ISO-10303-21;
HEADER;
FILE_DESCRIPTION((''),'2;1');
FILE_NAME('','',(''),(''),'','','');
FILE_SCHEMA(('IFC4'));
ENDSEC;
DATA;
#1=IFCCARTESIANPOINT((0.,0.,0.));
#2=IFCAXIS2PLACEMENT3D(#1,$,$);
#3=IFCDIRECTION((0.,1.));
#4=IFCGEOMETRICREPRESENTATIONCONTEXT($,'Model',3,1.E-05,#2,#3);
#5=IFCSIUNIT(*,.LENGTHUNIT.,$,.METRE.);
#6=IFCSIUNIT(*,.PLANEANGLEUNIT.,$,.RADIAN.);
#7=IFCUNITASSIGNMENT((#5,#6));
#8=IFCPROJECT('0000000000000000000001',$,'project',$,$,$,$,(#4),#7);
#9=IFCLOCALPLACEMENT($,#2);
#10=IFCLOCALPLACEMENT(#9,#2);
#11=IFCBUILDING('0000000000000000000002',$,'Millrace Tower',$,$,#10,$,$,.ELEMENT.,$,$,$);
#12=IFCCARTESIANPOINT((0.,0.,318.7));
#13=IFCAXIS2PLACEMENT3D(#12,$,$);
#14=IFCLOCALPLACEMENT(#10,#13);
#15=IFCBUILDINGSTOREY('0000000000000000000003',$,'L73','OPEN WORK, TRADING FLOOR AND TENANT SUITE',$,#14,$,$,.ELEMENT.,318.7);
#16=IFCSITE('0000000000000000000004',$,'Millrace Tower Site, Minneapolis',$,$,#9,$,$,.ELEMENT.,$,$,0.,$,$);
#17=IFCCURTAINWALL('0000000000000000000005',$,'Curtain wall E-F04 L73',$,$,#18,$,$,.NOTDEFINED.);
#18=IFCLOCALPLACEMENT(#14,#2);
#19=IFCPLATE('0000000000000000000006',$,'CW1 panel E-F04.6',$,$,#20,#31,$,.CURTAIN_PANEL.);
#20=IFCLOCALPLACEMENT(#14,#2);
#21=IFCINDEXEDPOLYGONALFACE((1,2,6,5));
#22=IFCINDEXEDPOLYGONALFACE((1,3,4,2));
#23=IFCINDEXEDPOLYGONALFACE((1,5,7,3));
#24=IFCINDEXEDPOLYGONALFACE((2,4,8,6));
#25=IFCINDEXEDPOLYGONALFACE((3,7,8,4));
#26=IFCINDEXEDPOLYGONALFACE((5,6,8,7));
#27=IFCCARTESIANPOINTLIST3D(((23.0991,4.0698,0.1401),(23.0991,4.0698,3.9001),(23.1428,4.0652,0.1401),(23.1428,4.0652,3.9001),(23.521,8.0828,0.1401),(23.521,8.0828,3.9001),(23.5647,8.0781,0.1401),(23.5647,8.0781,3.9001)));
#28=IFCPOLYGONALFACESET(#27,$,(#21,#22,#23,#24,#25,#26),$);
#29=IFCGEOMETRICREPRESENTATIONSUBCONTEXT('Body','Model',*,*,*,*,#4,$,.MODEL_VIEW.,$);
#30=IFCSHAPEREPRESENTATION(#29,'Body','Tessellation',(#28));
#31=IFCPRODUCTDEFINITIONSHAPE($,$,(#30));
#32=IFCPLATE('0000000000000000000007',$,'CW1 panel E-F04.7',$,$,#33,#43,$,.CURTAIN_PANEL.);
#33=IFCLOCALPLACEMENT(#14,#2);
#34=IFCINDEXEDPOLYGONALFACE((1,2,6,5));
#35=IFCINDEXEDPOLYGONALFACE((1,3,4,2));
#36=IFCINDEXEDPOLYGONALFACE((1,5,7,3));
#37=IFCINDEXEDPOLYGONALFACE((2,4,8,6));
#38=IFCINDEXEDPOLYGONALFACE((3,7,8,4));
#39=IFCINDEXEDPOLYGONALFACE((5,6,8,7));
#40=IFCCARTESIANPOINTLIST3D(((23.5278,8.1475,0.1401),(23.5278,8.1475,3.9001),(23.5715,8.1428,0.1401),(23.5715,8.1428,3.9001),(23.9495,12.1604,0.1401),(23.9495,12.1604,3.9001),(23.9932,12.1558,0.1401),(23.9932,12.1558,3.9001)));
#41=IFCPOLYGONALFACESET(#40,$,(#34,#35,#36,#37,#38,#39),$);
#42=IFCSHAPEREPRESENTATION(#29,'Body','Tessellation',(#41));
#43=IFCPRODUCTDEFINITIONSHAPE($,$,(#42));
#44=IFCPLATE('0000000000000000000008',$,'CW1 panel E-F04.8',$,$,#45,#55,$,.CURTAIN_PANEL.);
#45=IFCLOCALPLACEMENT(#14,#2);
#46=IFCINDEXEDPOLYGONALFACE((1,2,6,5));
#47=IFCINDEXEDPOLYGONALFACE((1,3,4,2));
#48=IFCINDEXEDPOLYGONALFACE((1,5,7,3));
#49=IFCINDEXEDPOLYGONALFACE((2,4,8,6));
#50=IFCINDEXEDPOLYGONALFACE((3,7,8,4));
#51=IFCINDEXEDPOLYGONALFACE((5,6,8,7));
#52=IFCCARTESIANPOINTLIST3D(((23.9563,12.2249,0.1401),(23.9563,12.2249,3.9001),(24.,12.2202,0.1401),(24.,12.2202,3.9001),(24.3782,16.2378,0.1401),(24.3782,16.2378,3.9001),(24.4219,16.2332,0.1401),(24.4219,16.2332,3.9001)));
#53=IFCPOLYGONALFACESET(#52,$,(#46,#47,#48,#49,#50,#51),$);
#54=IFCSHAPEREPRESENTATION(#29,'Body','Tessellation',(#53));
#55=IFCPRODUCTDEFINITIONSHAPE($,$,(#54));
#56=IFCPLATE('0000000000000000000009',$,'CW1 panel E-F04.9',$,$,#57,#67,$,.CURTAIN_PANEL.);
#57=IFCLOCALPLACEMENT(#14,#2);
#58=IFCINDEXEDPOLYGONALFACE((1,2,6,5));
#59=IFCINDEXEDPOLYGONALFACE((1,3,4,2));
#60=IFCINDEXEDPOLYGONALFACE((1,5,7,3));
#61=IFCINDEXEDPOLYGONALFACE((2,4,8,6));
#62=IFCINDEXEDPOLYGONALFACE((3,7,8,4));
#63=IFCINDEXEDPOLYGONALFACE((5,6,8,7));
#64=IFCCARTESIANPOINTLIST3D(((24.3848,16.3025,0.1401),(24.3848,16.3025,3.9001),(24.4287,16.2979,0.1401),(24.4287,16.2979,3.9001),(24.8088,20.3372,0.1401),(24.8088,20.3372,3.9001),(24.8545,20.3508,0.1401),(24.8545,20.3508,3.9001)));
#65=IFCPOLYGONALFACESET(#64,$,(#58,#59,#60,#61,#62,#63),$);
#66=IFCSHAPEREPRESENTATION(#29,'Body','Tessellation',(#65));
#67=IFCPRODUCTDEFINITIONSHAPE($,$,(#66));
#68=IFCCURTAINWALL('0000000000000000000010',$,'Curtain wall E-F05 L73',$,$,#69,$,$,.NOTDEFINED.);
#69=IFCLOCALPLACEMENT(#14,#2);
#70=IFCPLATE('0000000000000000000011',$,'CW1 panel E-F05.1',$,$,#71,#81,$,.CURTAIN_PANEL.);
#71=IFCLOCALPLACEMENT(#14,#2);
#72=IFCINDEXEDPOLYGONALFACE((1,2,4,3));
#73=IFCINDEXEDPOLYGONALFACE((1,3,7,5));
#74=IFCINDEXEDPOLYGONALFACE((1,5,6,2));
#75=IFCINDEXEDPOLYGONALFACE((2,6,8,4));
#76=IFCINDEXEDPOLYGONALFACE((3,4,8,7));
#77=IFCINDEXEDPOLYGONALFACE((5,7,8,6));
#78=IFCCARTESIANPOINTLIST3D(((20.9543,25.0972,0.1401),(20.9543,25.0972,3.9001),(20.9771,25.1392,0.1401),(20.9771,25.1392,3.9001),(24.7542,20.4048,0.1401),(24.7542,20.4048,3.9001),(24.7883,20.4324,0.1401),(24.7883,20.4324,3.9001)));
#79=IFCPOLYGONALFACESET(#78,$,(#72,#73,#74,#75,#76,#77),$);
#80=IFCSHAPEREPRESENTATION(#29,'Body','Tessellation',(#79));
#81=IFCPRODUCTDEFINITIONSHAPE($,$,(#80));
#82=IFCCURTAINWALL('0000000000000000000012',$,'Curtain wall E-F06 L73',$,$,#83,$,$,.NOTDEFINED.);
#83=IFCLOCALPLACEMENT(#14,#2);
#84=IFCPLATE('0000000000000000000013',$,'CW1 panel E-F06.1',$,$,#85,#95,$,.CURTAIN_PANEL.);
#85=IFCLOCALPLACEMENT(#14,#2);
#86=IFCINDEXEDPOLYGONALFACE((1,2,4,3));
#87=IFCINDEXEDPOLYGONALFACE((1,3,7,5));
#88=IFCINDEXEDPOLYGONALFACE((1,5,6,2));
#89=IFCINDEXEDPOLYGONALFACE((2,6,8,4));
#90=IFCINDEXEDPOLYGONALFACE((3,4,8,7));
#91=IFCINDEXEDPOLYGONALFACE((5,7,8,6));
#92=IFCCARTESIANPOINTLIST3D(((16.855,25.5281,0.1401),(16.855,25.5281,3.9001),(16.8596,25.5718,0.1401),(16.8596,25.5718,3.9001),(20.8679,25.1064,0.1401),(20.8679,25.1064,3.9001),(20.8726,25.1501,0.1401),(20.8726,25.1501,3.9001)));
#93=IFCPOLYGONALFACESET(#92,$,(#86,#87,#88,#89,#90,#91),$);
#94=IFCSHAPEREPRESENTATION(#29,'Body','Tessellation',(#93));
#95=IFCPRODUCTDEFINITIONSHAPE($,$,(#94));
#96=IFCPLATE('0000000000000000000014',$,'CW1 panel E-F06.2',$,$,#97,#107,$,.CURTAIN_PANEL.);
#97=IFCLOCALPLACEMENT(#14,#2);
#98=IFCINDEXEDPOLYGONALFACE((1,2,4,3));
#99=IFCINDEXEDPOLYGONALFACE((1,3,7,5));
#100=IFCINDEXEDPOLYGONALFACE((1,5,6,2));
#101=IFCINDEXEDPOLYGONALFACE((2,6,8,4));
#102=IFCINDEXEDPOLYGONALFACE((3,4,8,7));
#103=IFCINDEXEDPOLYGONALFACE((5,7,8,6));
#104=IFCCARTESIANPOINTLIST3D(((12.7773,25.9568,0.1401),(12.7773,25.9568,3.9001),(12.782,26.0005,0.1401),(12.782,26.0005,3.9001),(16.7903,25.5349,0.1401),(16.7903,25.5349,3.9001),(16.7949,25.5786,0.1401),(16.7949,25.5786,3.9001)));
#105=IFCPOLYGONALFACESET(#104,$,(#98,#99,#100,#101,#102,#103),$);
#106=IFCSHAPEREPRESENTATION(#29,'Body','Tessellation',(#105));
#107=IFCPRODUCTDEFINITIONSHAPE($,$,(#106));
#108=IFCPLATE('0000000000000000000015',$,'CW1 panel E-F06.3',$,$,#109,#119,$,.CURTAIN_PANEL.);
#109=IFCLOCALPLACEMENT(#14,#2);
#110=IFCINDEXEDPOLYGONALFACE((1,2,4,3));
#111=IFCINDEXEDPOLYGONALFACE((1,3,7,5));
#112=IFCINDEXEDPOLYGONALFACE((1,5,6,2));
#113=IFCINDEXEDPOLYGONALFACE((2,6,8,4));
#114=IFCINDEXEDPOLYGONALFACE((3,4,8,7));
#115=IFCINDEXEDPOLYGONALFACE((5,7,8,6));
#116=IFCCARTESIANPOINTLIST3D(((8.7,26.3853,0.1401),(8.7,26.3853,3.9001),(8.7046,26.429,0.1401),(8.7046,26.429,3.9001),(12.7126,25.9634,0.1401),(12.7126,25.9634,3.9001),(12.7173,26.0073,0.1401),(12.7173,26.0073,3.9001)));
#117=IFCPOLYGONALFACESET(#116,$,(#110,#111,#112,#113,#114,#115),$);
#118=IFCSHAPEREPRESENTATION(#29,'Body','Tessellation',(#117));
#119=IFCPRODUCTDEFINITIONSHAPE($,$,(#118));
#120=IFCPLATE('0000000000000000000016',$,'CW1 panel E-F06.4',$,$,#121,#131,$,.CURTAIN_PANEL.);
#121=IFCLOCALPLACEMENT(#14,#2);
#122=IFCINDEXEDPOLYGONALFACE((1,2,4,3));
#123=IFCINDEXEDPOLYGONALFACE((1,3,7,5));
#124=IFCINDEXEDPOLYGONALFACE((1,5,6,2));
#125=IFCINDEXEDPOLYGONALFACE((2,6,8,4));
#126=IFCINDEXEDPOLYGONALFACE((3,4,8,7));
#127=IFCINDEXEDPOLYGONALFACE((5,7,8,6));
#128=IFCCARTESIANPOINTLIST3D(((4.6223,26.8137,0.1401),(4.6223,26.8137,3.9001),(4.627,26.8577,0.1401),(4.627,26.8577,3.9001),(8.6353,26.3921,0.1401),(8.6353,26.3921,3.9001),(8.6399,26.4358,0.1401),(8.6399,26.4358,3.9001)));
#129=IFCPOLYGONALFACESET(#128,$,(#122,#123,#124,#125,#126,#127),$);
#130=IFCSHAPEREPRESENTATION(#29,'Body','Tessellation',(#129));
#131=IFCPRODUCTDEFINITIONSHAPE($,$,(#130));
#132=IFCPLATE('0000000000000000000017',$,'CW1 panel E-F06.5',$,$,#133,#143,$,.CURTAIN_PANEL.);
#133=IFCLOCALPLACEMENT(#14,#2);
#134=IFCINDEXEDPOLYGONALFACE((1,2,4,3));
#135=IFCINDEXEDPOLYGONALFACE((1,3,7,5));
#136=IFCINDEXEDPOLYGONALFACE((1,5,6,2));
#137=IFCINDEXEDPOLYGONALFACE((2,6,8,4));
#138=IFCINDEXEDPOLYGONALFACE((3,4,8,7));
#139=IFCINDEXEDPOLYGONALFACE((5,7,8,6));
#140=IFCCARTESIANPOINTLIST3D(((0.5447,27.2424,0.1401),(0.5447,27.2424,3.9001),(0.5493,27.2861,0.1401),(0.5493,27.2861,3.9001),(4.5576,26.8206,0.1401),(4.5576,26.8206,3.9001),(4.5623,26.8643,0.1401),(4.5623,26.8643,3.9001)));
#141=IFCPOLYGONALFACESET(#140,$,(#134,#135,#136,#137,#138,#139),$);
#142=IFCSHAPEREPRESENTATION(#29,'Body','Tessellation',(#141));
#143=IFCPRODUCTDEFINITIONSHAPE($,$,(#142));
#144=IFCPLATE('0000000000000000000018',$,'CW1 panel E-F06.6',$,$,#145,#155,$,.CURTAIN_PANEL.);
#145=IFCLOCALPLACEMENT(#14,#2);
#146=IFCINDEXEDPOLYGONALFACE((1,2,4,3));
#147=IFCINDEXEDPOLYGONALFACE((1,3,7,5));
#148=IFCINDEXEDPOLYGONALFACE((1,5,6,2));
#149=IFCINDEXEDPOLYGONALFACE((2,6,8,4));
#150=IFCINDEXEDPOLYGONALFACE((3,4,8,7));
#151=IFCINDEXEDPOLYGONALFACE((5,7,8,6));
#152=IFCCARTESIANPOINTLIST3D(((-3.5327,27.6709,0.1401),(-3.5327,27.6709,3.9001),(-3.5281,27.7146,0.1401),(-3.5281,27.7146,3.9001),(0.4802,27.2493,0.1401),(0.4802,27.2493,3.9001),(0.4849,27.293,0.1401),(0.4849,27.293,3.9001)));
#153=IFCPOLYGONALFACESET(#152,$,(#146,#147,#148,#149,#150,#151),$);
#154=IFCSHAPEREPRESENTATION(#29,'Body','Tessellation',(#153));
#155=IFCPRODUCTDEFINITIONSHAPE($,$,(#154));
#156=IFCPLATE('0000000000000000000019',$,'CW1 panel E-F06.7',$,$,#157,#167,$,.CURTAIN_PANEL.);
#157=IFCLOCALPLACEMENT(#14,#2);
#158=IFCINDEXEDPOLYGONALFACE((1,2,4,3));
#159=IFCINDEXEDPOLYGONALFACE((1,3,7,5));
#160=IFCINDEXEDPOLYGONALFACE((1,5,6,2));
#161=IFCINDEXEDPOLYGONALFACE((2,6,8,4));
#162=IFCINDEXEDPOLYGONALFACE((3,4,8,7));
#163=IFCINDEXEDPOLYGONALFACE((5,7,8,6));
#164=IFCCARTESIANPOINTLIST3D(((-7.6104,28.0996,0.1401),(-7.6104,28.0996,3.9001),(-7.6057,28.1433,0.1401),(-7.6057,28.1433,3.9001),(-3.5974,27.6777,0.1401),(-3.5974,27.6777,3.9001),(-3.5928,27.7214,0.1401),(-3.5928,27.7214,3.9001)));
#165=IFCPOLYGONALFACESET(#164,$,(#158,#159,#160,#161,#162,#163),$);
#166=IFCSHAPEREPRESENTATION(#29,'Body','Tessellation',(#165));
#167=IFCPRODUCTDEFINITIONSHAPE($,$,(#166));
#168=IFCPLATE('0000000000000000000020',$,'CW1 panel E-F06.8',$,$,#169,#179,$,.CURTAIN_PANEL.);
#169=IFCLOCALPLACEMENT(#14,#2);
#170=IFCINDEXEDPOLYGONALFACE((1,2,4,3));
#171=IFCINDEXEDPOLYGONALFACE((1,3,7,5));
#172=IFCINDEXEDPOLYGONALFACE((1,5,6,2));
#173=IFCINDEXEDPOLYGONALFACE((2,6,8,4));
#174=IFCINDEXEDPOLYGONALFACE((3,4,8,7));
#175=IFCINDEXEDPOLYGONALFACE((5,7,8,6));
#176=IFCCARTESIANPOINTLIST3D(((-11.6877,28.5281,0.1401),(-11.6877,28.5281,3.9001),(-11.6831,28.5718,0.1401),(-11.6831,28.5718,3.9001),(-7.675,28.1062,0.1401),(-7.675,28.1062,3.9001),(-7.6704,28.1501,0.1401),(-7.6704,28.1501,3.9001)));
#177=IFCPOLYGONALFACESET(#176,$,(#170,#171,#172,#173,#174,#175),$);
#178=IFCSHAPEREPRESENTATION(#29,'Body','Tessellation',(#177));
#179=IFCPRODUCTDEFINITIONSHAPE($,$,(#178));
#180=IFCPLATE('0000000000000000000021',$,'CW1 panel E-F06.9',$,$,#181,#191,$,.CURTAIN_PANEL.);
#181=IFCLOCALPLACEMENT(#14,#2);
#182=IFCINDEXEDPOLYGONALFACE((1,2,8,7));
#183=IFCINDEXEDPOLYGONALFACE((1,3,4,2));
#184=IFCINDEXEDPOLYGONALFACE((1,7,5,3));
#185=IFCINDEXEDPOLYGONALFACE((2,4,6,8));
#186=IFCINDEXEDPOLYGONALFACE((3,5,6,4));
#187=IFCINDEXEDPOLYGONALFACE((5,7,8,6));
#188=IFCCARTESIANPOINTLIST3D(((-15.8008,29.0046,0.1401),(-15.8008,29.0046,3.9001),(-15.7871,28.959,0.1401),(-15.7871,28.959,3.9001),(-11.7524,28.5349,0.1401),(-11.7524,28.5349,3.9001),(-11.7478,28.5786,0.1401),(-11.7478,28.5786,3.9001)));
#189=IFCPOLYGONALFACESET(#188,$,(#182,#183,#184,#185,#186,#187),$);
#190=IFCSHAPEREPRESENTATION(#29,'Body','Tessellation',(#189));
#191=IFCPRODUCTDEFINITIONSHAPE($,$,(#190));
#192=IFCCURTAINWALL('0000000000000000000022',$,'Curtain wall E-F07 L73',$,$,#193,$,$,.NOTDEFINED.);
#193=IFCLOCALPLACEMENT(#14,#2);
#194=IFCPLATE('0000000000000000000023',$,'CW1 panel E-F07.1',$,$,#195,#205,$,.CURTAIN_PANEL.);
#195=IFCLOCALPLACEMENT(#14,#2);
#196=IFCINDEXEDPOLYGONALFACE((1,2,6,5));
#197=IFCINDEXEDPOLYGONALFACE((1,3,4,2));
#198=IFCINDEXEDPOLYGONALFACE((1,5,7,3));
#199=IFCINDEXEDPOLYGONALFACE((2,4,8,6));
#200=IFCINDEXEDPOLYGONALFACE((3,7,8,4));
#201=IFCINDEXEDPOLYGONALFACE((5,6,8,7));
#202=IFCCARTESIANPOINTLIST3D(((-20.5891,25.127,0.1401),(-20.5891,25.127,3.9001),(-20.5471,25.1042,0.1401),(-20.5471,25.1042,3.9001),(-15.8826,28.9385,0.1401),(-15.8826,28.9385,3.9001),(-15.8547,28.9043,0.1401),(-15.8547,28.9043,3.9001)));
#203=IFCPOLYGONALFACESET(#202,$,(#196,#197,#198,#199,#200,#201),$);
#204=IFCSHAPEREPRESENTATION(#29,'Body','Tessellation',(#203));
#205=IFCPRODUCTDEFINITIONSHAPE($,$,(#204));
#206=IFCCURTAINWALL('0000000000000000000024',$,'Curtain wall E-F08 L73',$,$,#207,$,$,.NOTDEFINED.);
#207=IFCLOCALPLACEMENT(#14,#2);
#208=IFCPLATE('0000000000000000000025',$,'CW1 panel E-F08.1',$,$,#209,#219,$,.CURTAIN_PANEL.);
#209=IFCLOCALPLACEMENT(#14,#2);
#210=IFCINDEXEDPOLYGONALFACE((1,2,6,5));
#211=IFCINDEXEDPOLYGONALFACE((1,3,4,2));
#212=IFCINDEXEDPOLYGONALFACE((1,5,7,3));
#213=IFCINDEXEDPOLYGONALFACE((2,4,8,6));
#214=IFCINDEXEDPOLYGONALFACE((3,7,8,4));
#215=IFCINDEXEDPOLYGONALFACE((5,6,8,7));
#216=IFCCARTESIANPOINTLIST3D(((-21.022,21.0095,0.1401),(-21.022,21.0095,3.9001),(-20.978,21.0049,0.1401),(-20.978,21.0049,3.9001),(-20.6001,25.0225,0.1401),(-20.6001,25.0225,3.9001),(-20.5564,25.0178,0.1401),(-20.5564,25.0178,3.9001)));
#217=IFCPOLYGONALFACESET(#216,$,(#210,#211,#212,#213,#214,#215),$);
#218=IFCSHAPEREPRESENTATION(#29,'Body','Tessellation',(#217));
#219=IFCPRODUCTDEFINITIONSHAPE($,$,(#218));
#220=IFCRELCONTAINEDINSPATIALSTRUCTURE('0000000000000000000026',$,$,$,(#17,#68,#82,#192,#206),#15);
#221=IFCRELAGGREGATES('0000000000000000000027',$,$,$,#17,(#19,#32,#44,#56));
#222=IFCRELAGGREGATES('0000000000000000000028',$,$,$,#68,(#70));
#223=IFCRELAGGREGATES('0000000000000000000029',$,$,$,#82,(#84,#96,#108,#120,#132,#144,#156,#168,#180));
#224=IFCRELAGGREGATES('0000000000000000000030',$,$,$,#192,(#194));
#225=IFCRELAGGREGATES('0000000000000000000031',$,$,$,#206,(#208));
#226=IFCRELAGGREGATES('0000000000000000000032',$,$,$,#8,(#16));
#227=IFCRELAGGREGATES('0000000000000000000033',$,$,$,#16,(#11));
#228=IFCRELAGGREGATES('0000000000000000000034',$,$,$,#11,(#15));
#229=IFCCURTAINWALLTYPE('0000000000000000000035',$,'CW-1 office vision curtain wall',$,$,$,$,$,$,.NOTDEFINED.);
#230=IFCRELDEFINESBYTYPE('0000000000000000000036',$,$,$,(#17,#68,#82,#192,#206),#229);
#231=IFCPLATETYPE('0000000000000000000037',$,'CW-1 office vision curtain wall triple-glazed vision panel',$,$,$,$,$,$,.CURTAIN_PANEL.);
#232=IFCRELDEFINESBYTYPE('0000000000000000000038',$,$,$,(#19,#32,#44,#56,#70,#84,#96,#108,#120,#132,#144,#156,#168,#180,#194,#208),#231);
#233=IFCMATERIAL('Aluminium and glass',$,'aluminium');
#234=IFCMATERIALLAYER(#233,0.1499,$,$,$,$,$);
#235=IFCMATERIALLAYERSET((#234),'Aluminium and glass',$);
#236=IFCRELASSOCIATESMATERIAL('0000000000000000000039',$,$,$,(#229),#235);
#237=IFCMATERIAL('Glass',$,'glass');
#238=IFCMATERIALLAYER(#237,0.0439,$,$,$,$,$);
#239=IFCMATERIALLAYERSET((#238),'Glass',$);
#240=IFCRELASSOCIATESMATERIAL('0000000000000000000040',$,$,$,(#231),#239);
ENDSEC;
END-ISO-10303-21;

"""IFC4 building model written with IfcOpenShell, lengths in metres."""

from ifc_helpers import new_model, si_unit, direction, frame, origin, place, context, subcontext, project, spatial, polyline, outline, extrude, material, layer, layer_set, type_object, element, aggregate, save


model = new_model("IFC4")

# Units and contexts
model_context = context("Model", 3, precision=1e-05, world=origin(), true_north=direction((0.0, 1.0)))
body_context = subcontext(model_context, "Body", "Model", "MODEL_VIEW")
ifc_project = project(units=[si_unit("LENGTHUNIT", "METRE"), si_unit("PLANEANGLEUNIT", "RADIAN")], contexts=[model_context])

# Site, building, storey
site_placement = place(None, origin())
site = spatial("IfcSite", under=ifc_project, at=site_placement, Name="Millrace Tower Site, Minneapolis", CompositionType="ELEMENT", RefElevation=0.0)
building_placement = place(site_placement, origin())
building = spatial("IfcBuilding", under=site, at=building_placement, Name="Millrace Tower", CompositionType="ELEMENT")
storey_placement = place(building_placement, frame((0.0, 0.0, 318.7)))
storey = spatial("IfcBuildingStorey", under=building, at=storey_placement, Name="L73", Description="OPEN WORK, TRADING FLOOR AND TENANT SUITE", CompositionType="ELEMENT", Elevation=318.7)

# Curtain wall, plates
ifc_material_1 = material(Name="Aluminium and glass", Category="aluminium")
ifc_layer_1 = layer(ifc_material_1, 0.1499)
ifc_layer_set_1 = layer_set([ifc_layer_1], Name="Aluminium and glass")
curtain_wall_type = type_object("IfcCurtainWallType", Name="CW-1 office vision curtain wall", PredefinedType="NOTDEFINED", material=ifc_layer_set_1)
placement_1 = place(storey_placement, origin())
curtain_wall_1 = element("IfcCurtainWall", 1, at=placement_1, inside=storey, type_object=curtain_wall_type, Name="Curtain wall E-F04 L73", PredefinedType="NOTDEFINED")
ifc_material_2 = material(Name="Glass", Category="glass")
ifc_layer_2 = layer(ifc_material_2, 0.0439)
ifc_layer_set_2 = layer_set([ifc_layer_2], Name="Glass")
plate_type = type_object("IfcPlateType", Name="CW-1 office vision curtain wall triple-glazed vision panel", PredefinedType="CURTAIN_PANEL", material=ifc_layer_set_2)
placement_2 = place(storey_placement, frame((0.0, 0.0, 0.1401)))
plate_1 = element("IfcPlate", 2, at=placement_2, type_object=plate_type, Name="CW1 panel E-F04.6", PredefinedType="CURTAIN_PANEL", context=body_context, shape_type="SweptSolid", body=[
    extrude(outline(polyline([(23.1428, 4.0652), (23.5647, 8.0781), (23.521, 8.0828), (23.0991, 4.0698), (23.1428, 4.0652)])), origin(), (0.0, 0.0, 1.0), 3.76),
])
plate_2 = element("IfcPlate", 3, at=placement_2, type_object=plate_type, Name="CW1 panel E-F04.7", PredefinedType="CURTAIN_PANEL", context=body_context, shape_type="SweptSolid", body=[
    extrude(outline(polyline([(23.5715, 8.1428), (23.9932, 12.1558), (23.9495, 12.1604), (23.5278, 8.1475), (23.5715, 8.1428)])), origin(), (0.0, 0.0, 1.0), 3.76),
])
plate_3 = element("IfcPlate", 4, at=placement_2, type_object=plate_type, Name="CW1 panel E-F04.8", PredefinedType="CURTAIN_PANEL", context=body_context, shape_type="SweptSolid", body=[
    extrude(outline(polyline([(24.0, 12.2202), (24.4219, 16.2332), (24.3782, 16.2378), (23.9563, 12.2249), (24.0, 12.2202)])), origin(), (0.0, 0.0, 1.0), 3.76),
])
plate_4 = element("IfcPlate", 5, at=placement_2, type_object=plate_type, Name="CW1 panel E-F04.9", PredefinedType="CURTAIN_PANEL", context=body_context, shape_type="SweptSolid", body=[
    extrude(outline(polyline([(24.4287, 16.2979), (24.8545, 20.3508), (24.8088, 20.3372), (24.3848, 16.3025), (24.4287, 16.2979)])), origin(), (0.0, 0.0, 1.0), 3.76),
])
aggregate(curtain_wall_1, [plate_1, plate_2, plate_3, plate_4])

# Curtain wall, plate
curtain_wall_2 = element("IfcCurtainWall", 6, at=placement_1, inside=storey, type_object=curtain_wall_type, Name="Curtain wall E-F05 L73", PredefinedType="NOTDEFINED")
plate_5 = element("IfcPlate", 7, at=placement_2, type_object=plate_type, Name="CW1 panel E-F05.1", PredefinedType="CURTAIN_PANEL", context=body_context, shape_type="SweptSolid", body=[
    extrude(outline(polyline([(24.7883, 20.4324), (20.9771, 25.1392), (20.9543, 25.0972), (24.7542, 20.4048), (24.7883, 20.4324)])), origin(), (0.0, 0.0, 1.0), 3.76),
])
aggregate(curtain_wall_2, [plate_5])

# Curtain wall, plates
curtain_wall_3 = element("IfcCurtainWall", 8, at=placement_1, inside=storey, type_object=curtain_wall_type, Name="Curtain wall E-F06 L73", PredefinedType="NOTDEFINED")
plate_6 = element("IfcPlate", 9, at=placement_2, type_object=plate_type, Name="CW1 panel E-F06.1", PredefinedType="CURTAIN_PANEL", context=body_context, shape_type="SweptSolid", body=[
    extrude(outline(polyline([(20.8726, 25.1501), (16.8596, 25.5718), (16.855, 25.5281), (20.8679, 25.1064), (20.8726, 25.1501)])), origin(), (0.0, 0.0, 1.0), 3.76),
])
plate_7 = element("IfcPlate", 10, at=placement_2, type_object=plate_type, Name="CW1 panel E-F06.2", PredefinedType="CURTAIN_PANEL", context=body_context, shape_type="SweptSolid", body=[
    extrude(outline(polyline([(16.7949, 25.5786), (12.782, 26.0005), (12.7773, 25.9568), (16.7903, 25.5349), (16.7949, 25.5786)])), origin(), (0.0, 0.0, 1.0), 3.76),
])
plate_8 = element("IfcPlate", 11, at=placement_2, type_object=plate_type, Name="CW1 panel E-F06.3", PredefinedType="CURTAIN_PANEL", context=body_context, shape_type="SweptSolid", body=[
    extrude(outline(polyline([(12.7173, 26.0073), (8.7046, 26.429), (8.7, 26.3853), (12.7126, 25.9634), (12.7173, 26.0073)])), origin(), (0.0, 0.0, 1.0), 3.76),
])
plate_9 = element("IfcPlate", 12, at=placement_2, type_object=plate_type, Name="CW1 panel E-F06.4", PredefinedType="CURTAIN_PANEL", context=body_context, shape_type="SweptSolid", body=[
    extrude(outline(polyline([(8.6399, 26.4358), (4.627, 26.8577), (4.6223, 26.8137), (8.6353, 26.3921), (8.6399, 26.4358)])), origin(), (0.0, 0.0, 1.0), 3.76),
])
plate_10 = element("IfcPlate", 13, at=placement_2, type_object=plate_type, Name="CW1 panel E-F06.5", PredefinedType="CURTAIN_PANEL", context=body_context, shape_type="SweptSolid", body=[
    extrude(outline(polyline([(4.5623, 26.8643), (0.5493, 27.2861), (0.5447, 27.2424), (4.5576, 26.8206), (4.5623, 26.8643)])), origin(), (0.0, 0.0, 1.0), 3.76),
])
plate_11 = element("IfcPlate", 14, at=placement_2, type_object=plate_type, Name="CW1 panel E-F06.6", PredefinedType="CURTAIN_PANEL", context=body_context, shape_type="SweptSolid", body=[
    extrude(outline(polyline([(0.4849, 27.293), (-3.5281, 27.7146), (-3.5327, 27.6709), (0.4802, 27.2493), (0.4849, 27.293)])), origin(), (0.0, 0.0, 1.0), 3.76),
])
plate_12 = element("IfcPlate", 15, at=placement_2, type_object=plate_type, Name="CW1 panel E-F06.7", PredefinedType="CURTAIN_PANEL", context=body_context, shape_type="SweptSolid", body=[
    extrude(outline(polyline([(-3.5928, 27.7214), (-7.6057, 28.1433), (-7.6104, 28.0996), (-3.5974, 27.6777), (-3.5928, 27.7214)])), origin(), (0.0, 0.0, 1.0), 3.76),
])
plate_13 = element("IfcPlate", 16, at=placement_2, type_object=plate_type, Name="CW1 panel E-F06.8", PredefinedType="CURTAIN_PANEL", context=body_context, shape_type="SweptSolid", body=[
    extrude(outline(polyline([(-7.6704, 28.1501), (-11.6831, 28.5718), (-11.6877, 28.5281), (-7.675, 28.1062), (-7.6704, 28.1501)])), origin(), (0.0, 0.0, 1.0), 3.76),
])
plate_14 = element("IfcPlate", 17, at=placement_2, type_object=plate_type, Name="CW1 panel E-F06.9", PredefinedType="CURTAIN_PANEL", context=body_context, shape_type="SweptSolid", body=[
    extrude(outline(polyline([(-11.7478, 28.5786), (-15.8008, 29.0046), (-15.7871, 28.959), (-11.7524, 28.5349), (-11.7478, 28.5786)])), origin(), (0.0, 0.0, 1.0), 3.76),
])
aggregate(curtain_wall_3, [plate_6, plate_7, plate_8, plate_9, plate_10, plate_11, plate_12, plate_13, plate_14])

# Curtain wall, plate
curtain_wall_4 = element("IfcCurtainWall", 18, at=placement_1, inside=storey, type_object=curtain_wall_type, Name="Curtain wall E-F07 L73", PredefinedType="NOTDEFINED")
plate_15 = element("IfcPlate", 19, at=placement_2, type_object=plate_type, Name="CW1 panel E-F07.1", PredefinedType="CURTAIN_PANEL", context=body_context, shape_type="SweptSolid", body=[
    extrude(outline(polyline([(-15.8826, 28.9385), (-20.5891, 25.127), (-20.5471, 25.1042), (-15.8547, 28.9043), (-15.8826, 28.9385)])), origin(), (0.0, 0.0, 1.0), 3.76),
])
aggregate(curtain_wall_4, [plate_15])

# Curtain wall, plate
curtain_wall_5 = element("IfcCurtainWall", 20, at=placement_1, inside=storey, type_object=curtain_wall_type, Name="Curtain wall E-F08 L73", PredefinedType="NOTDEFINED")
plate_16 = element("IfcPlate", 21, at=placement_2, type_object=plate_type, Name="CW1 panel E-F08.1", PredefinedType="CURTAIN_PANEL", context=body_context, shape_type="SweptSolid", body=[
    extrude(outline(polyline([(-20.6001, 25.0225), (-21.022, 21.0095), (-20.978, 21.0049), (-20.5564, 25.0178), (-20.6001, 25.0225)])), origin(), (0.0, 0.0, 1.0), 3.76),
])
aggregate(curtain_wall_5, [plate_16])

save(model, "model.ifc")
